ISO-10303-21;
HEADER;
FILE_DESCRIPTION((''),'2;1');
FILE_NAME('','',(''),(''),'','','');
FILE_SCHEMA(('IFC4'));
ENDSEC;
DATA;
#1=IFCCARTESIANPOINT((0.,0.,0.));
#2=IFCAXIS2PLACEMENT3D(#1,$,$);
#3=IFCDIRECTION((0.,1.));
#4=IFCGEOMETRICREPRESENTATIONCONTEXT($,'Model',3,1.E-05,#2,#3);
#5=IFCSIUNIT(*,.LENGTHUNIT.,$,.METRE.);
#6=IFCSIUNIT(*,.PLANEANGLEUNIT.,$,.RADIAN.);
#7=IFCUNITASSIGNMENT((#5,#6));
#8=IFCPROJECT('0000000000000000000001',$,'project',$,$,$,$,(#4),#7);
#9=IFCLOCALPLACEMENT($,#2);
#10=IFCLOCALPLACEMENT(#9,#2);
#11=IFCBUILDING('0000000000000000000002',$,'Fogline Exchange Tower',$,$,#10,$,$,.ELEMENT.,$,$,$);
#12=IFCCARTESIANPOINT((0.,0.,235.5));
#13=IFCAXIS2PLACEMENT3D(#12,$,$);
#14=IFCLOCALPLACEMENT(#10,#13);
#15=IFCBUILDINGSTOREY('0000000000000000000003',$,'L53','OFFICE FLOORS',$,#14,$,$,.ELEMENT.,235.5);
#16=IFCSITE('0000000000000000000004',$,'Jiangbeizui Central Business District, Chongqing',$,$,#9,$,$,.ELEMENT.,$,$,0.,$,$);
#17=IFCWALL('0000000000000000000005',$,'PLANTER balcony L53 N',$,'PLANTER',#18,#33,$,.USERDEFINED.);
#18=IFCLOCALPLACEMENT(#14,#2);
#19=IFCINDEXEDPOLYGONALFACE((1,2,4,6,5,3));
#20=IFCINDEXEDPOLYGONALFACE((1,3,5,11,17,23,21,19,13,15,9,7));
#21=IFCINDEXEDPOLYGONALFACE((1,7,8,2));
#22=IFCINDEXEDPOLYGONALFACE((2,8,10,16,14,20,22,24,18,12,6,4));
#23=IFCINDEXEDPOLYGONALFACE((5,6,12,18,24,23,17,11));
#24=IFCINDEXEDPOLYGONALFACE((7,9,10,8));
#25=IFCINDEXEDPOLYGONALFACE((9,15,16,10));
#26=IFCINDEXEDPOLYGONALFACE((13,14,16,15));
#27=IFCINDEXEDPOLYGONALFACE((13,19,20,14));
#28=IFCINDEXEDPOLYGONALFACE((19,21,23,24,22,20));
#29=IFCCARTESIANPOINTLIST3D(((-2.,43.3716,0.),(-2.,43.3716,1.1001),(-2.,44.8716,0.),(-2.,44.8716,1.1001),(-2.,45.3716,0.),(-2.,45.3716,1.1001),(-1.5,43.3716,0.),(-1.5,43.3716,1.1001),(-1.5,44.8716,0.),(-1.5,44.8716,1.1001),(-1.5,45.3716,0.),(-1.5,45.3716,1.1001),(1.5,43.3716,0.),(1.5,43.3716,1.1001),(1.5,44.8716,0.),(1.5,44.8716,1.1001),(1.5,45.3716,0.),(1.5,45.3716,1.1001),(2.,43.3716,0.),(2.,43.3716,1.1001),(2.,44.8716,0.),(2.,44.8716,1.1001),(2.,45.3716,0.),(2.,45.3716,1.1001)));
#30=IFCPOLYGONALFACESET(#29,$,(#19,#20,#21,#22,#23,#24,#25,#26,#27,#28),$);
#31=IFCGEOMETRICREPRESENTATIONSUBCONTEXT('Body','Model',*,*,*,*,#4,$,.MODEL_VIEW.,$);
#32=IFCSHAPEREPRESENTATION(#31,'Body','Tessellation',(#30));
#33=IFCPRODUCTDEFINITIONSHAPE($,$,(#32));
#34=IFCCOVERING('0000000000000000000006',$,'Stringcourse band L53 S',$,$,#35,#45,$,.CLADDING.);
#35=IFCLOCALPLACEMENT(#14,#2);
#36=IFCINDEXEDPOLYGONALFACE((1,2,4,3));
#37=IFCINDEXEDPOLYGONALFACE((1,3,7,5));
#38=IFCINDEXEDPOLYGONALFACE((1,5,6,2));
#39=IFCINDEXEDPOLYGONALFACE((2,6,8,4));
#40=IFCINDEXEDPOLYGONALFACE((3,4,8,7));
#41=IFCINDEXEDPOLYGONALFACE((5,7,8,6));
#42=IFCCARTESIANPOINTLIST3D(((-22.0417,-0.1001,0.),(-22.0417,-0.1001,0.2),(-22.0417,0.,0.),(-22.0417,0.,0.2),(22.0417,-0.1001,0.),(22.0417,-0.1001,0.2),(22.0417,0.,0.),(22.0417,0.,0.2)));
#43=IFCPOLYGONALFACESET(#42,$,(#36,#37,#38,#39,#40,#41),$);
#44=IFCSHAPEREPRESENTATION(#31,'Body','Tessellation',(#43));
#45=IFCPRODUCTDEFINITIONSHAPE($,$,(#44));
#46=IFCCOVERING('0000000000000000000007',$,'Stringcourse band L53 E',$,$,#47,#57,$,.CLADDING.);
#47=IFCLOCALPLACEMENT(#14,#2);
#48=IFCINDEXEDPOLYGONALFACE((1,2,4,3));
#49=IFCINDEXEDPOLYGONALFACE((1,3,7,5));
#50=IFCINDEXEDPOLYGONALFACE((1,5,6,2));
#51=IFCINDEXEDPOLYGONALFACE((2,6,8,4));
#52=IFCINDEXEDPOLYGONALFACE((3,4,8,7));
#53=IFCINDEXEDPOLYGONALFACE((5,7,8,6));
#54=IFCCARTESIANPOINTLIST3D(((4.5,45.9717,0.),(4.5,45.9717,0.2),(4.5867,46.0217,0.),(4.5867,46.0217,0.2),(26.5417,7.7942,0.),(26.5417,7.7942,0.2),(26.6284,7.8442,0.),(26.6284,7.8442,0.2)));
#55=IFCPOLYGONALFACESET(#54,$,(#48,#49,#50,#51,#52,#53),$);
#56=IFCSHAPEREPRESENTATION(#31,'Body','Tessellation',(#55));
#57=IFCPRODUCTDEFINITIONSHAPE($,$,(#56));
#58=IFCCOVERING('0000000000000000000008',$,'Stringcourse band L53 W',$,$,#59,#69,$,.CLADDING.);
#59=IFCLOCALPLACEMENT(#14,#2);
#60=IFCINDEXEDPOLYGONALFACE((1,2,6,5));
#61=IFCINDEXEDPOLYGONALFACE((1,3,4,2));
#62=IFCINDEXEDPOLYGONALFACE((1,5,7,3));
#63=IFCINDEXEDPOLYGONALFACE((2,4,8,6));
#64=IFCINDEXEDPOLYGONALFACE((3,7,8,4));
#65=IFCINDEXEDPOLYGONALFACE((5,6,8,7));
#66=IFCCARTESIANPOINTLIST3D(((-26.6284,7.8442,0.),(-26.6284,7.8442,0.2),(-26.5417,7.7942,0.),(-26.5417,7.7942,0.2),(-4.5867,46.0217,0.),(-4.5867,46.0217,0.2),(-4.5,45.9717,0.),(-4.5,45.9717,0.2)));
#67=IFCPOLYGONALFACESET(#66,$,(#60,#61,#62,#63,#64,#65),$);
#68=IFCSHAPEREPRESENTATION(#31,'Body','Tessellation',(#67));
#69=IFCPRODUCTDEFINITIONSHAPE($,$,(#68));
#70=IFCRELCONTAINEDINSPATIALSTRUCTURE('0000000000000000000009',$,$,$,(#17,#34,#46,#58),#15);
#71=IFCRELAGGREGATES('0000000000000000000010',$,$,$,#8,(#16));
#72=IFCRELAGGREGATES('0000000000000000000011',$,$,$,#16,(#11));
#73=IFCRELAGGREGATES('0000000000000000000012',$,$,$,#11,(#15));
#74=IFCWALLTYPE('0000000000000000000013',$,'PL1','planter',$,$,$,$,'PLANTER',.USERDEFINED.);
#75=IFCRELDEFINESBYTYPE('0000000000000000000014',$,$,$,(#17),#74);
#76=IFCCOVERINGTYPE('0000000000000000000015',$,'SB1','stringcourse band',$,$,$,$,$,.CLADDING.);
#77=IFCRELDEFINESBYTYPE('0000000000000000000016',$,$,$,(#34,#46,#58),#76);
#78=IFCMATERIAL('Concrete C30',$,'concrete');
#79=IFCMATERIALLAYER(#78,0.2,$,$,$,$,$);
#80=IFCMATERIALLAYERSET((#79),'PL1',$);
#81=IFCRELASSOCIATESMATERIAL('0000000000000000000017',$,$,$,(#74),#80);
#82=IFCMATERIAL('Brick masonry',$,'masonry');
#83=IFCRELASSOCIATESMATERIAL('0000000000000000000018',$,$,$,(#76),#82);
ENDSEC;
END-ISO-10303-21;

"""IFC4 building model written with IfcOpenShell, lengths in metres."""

from ifc_helpers import new_model, si_unit, direction, frame, origin, place, context, subcontext, project, spatial, polyline, outline, extrude, material, layer, layer_set, type_object, element, save


model = new_model("IFC4")

# Units and contexts
model_context = context("Model", 3, precision=1e-05, world=origin(), true_north=direction((0.0, 1.0)))
body_context = subcontext(model_context, "Body", "Model", "MODEL_VIEW")
ifc_project = project(units=[si_unit("LENGTHUNIT", "METRE"), si_unit("PLANEANGLEUNIT", "RADIAN")], contexts=[model_context])

# Site, building, storey
site_placement = place(None, origin())
site = spatial("IfcSite", under=ifc_project, at=site_placement, Name="Jiangbeizui Central Business District, Chongqing", CompositionType="ELEMENT", RefElevation=0.0)
building_placement = place(site_placement, origin())
building = spatial("IfcBuilding", under=site, at=building_placement, Name="Fogline Exchange Tower", CompositionType="ELEMENT")
storey_placement = place(building_placement, frame((0.0, 0.0, 235.5)))
storey = spatial("IfcBuildingStorey", under=building, at=storey_placement, Name="L53", Description="OFFICE FLOORS", CompositionType="ELEMENT", Elevation=235.5)

# Wall
ifc_material_1 = material(Name="Concrete C30", Category="concrete")
ifc_layer_1 = layer(ifc_material_1, 0.2)
ifc_layer_set_1 = layer_set([ifc_layer_1], Name="PL1")
wall_type = type_object("IfcWallType", Name="PL1", Description="planter", ElementType="PLANTER", PredefinedType="USERDEFINED", material=ifc_layer_set_1)
wall_1_placement = place(storey_placement, origin())
element("IfcWall", 1, at=wall_1_placement, inside=storey, type_object=wall_type, Name="PLANTER balcony L53 N", ObjectType="PLANTER", PredefinedType="USERDEFINED", context=body_context, shape_type="SweptSolid", body=[
    extrude(outline(polyline([(-1.5, 45.3716), (-2.0, 45.3716), (-2.0, 44.8716), (-2.0, 43.3716), (-1.5, 43.3716), (-1.5, 44.8716), (1.5, 44.8716), (1.5, 43.3716), (2.0, 43.3716), (2.0, 44.8716), (2.0, 45.3716), (1.5, 45.3716), (-1.5, 45.3716)])), origin(), (0.0, 0.0, 1.0), 1.1001),
])

# Coverings
ifc_material_2 = material(Name="Brick masonry", Category="masonry")
covering_type = type_object("IfcCoveringType", Name="SB1", Description="stringcourse band", PredefinedType="CLADDING", material=ifc_material_2)
covering_1_placement = place(storey_placement, origin())
element("IfcCovering", 2, at=covering_1_placement, inside=storey, type_object=covering_type, Name="Stringcourse band L53 S", PredefinedType="CLADDING", context=body_context, shape_type="SweptSolid", body=[
    extrude(outline(polyline([(-22.0417, 0.0), (-22.0417, -0.1001), (22.0417, -0.1001), (22.0417, 0.0), (-22.0417, 0.0)])), origin(), (0.0, 0.0, 1.0), 0.2),
])
covering_2_placement = place(storey_placement, origin())
element("IfcCovering", 3, at=covering_2_placement, inside=storey, type_object=covering_type, Name="Stringcourse band L53 E", PredefinedType="CLADDING", context=body_context, shape_type="SweptSolid", body=[
    extrude(outline(polyline([(26.5417, 7.7942), (26.6284, 7.8442), (4.5867, 46.0217), (4.5, 45.9717), (26.5417, 7.7942)])), origin(), (0.0, 0.0, 1.0), 0.2),
])
covering_3_placement = place(storey_placement, origin())
element("IfcCovering", 4, at=covering_3_placement, inside=storey, type_object=covering_type, Name="Stringcourse band L53 W", PredefinedType="CLADDING", context=body_context, shape_type="SweptSolid", body=[
    extrude(outline(polyline([(-4.5, 45.9717), (-4.5867, 46.0217), (-26.6284, 7.8442), (-26.5417, 7.7942), (-4.5, 45.9717)])), origin(), (0.0, 0.0, 1.0), 0.2),
])

save(model, "model.ifc")
